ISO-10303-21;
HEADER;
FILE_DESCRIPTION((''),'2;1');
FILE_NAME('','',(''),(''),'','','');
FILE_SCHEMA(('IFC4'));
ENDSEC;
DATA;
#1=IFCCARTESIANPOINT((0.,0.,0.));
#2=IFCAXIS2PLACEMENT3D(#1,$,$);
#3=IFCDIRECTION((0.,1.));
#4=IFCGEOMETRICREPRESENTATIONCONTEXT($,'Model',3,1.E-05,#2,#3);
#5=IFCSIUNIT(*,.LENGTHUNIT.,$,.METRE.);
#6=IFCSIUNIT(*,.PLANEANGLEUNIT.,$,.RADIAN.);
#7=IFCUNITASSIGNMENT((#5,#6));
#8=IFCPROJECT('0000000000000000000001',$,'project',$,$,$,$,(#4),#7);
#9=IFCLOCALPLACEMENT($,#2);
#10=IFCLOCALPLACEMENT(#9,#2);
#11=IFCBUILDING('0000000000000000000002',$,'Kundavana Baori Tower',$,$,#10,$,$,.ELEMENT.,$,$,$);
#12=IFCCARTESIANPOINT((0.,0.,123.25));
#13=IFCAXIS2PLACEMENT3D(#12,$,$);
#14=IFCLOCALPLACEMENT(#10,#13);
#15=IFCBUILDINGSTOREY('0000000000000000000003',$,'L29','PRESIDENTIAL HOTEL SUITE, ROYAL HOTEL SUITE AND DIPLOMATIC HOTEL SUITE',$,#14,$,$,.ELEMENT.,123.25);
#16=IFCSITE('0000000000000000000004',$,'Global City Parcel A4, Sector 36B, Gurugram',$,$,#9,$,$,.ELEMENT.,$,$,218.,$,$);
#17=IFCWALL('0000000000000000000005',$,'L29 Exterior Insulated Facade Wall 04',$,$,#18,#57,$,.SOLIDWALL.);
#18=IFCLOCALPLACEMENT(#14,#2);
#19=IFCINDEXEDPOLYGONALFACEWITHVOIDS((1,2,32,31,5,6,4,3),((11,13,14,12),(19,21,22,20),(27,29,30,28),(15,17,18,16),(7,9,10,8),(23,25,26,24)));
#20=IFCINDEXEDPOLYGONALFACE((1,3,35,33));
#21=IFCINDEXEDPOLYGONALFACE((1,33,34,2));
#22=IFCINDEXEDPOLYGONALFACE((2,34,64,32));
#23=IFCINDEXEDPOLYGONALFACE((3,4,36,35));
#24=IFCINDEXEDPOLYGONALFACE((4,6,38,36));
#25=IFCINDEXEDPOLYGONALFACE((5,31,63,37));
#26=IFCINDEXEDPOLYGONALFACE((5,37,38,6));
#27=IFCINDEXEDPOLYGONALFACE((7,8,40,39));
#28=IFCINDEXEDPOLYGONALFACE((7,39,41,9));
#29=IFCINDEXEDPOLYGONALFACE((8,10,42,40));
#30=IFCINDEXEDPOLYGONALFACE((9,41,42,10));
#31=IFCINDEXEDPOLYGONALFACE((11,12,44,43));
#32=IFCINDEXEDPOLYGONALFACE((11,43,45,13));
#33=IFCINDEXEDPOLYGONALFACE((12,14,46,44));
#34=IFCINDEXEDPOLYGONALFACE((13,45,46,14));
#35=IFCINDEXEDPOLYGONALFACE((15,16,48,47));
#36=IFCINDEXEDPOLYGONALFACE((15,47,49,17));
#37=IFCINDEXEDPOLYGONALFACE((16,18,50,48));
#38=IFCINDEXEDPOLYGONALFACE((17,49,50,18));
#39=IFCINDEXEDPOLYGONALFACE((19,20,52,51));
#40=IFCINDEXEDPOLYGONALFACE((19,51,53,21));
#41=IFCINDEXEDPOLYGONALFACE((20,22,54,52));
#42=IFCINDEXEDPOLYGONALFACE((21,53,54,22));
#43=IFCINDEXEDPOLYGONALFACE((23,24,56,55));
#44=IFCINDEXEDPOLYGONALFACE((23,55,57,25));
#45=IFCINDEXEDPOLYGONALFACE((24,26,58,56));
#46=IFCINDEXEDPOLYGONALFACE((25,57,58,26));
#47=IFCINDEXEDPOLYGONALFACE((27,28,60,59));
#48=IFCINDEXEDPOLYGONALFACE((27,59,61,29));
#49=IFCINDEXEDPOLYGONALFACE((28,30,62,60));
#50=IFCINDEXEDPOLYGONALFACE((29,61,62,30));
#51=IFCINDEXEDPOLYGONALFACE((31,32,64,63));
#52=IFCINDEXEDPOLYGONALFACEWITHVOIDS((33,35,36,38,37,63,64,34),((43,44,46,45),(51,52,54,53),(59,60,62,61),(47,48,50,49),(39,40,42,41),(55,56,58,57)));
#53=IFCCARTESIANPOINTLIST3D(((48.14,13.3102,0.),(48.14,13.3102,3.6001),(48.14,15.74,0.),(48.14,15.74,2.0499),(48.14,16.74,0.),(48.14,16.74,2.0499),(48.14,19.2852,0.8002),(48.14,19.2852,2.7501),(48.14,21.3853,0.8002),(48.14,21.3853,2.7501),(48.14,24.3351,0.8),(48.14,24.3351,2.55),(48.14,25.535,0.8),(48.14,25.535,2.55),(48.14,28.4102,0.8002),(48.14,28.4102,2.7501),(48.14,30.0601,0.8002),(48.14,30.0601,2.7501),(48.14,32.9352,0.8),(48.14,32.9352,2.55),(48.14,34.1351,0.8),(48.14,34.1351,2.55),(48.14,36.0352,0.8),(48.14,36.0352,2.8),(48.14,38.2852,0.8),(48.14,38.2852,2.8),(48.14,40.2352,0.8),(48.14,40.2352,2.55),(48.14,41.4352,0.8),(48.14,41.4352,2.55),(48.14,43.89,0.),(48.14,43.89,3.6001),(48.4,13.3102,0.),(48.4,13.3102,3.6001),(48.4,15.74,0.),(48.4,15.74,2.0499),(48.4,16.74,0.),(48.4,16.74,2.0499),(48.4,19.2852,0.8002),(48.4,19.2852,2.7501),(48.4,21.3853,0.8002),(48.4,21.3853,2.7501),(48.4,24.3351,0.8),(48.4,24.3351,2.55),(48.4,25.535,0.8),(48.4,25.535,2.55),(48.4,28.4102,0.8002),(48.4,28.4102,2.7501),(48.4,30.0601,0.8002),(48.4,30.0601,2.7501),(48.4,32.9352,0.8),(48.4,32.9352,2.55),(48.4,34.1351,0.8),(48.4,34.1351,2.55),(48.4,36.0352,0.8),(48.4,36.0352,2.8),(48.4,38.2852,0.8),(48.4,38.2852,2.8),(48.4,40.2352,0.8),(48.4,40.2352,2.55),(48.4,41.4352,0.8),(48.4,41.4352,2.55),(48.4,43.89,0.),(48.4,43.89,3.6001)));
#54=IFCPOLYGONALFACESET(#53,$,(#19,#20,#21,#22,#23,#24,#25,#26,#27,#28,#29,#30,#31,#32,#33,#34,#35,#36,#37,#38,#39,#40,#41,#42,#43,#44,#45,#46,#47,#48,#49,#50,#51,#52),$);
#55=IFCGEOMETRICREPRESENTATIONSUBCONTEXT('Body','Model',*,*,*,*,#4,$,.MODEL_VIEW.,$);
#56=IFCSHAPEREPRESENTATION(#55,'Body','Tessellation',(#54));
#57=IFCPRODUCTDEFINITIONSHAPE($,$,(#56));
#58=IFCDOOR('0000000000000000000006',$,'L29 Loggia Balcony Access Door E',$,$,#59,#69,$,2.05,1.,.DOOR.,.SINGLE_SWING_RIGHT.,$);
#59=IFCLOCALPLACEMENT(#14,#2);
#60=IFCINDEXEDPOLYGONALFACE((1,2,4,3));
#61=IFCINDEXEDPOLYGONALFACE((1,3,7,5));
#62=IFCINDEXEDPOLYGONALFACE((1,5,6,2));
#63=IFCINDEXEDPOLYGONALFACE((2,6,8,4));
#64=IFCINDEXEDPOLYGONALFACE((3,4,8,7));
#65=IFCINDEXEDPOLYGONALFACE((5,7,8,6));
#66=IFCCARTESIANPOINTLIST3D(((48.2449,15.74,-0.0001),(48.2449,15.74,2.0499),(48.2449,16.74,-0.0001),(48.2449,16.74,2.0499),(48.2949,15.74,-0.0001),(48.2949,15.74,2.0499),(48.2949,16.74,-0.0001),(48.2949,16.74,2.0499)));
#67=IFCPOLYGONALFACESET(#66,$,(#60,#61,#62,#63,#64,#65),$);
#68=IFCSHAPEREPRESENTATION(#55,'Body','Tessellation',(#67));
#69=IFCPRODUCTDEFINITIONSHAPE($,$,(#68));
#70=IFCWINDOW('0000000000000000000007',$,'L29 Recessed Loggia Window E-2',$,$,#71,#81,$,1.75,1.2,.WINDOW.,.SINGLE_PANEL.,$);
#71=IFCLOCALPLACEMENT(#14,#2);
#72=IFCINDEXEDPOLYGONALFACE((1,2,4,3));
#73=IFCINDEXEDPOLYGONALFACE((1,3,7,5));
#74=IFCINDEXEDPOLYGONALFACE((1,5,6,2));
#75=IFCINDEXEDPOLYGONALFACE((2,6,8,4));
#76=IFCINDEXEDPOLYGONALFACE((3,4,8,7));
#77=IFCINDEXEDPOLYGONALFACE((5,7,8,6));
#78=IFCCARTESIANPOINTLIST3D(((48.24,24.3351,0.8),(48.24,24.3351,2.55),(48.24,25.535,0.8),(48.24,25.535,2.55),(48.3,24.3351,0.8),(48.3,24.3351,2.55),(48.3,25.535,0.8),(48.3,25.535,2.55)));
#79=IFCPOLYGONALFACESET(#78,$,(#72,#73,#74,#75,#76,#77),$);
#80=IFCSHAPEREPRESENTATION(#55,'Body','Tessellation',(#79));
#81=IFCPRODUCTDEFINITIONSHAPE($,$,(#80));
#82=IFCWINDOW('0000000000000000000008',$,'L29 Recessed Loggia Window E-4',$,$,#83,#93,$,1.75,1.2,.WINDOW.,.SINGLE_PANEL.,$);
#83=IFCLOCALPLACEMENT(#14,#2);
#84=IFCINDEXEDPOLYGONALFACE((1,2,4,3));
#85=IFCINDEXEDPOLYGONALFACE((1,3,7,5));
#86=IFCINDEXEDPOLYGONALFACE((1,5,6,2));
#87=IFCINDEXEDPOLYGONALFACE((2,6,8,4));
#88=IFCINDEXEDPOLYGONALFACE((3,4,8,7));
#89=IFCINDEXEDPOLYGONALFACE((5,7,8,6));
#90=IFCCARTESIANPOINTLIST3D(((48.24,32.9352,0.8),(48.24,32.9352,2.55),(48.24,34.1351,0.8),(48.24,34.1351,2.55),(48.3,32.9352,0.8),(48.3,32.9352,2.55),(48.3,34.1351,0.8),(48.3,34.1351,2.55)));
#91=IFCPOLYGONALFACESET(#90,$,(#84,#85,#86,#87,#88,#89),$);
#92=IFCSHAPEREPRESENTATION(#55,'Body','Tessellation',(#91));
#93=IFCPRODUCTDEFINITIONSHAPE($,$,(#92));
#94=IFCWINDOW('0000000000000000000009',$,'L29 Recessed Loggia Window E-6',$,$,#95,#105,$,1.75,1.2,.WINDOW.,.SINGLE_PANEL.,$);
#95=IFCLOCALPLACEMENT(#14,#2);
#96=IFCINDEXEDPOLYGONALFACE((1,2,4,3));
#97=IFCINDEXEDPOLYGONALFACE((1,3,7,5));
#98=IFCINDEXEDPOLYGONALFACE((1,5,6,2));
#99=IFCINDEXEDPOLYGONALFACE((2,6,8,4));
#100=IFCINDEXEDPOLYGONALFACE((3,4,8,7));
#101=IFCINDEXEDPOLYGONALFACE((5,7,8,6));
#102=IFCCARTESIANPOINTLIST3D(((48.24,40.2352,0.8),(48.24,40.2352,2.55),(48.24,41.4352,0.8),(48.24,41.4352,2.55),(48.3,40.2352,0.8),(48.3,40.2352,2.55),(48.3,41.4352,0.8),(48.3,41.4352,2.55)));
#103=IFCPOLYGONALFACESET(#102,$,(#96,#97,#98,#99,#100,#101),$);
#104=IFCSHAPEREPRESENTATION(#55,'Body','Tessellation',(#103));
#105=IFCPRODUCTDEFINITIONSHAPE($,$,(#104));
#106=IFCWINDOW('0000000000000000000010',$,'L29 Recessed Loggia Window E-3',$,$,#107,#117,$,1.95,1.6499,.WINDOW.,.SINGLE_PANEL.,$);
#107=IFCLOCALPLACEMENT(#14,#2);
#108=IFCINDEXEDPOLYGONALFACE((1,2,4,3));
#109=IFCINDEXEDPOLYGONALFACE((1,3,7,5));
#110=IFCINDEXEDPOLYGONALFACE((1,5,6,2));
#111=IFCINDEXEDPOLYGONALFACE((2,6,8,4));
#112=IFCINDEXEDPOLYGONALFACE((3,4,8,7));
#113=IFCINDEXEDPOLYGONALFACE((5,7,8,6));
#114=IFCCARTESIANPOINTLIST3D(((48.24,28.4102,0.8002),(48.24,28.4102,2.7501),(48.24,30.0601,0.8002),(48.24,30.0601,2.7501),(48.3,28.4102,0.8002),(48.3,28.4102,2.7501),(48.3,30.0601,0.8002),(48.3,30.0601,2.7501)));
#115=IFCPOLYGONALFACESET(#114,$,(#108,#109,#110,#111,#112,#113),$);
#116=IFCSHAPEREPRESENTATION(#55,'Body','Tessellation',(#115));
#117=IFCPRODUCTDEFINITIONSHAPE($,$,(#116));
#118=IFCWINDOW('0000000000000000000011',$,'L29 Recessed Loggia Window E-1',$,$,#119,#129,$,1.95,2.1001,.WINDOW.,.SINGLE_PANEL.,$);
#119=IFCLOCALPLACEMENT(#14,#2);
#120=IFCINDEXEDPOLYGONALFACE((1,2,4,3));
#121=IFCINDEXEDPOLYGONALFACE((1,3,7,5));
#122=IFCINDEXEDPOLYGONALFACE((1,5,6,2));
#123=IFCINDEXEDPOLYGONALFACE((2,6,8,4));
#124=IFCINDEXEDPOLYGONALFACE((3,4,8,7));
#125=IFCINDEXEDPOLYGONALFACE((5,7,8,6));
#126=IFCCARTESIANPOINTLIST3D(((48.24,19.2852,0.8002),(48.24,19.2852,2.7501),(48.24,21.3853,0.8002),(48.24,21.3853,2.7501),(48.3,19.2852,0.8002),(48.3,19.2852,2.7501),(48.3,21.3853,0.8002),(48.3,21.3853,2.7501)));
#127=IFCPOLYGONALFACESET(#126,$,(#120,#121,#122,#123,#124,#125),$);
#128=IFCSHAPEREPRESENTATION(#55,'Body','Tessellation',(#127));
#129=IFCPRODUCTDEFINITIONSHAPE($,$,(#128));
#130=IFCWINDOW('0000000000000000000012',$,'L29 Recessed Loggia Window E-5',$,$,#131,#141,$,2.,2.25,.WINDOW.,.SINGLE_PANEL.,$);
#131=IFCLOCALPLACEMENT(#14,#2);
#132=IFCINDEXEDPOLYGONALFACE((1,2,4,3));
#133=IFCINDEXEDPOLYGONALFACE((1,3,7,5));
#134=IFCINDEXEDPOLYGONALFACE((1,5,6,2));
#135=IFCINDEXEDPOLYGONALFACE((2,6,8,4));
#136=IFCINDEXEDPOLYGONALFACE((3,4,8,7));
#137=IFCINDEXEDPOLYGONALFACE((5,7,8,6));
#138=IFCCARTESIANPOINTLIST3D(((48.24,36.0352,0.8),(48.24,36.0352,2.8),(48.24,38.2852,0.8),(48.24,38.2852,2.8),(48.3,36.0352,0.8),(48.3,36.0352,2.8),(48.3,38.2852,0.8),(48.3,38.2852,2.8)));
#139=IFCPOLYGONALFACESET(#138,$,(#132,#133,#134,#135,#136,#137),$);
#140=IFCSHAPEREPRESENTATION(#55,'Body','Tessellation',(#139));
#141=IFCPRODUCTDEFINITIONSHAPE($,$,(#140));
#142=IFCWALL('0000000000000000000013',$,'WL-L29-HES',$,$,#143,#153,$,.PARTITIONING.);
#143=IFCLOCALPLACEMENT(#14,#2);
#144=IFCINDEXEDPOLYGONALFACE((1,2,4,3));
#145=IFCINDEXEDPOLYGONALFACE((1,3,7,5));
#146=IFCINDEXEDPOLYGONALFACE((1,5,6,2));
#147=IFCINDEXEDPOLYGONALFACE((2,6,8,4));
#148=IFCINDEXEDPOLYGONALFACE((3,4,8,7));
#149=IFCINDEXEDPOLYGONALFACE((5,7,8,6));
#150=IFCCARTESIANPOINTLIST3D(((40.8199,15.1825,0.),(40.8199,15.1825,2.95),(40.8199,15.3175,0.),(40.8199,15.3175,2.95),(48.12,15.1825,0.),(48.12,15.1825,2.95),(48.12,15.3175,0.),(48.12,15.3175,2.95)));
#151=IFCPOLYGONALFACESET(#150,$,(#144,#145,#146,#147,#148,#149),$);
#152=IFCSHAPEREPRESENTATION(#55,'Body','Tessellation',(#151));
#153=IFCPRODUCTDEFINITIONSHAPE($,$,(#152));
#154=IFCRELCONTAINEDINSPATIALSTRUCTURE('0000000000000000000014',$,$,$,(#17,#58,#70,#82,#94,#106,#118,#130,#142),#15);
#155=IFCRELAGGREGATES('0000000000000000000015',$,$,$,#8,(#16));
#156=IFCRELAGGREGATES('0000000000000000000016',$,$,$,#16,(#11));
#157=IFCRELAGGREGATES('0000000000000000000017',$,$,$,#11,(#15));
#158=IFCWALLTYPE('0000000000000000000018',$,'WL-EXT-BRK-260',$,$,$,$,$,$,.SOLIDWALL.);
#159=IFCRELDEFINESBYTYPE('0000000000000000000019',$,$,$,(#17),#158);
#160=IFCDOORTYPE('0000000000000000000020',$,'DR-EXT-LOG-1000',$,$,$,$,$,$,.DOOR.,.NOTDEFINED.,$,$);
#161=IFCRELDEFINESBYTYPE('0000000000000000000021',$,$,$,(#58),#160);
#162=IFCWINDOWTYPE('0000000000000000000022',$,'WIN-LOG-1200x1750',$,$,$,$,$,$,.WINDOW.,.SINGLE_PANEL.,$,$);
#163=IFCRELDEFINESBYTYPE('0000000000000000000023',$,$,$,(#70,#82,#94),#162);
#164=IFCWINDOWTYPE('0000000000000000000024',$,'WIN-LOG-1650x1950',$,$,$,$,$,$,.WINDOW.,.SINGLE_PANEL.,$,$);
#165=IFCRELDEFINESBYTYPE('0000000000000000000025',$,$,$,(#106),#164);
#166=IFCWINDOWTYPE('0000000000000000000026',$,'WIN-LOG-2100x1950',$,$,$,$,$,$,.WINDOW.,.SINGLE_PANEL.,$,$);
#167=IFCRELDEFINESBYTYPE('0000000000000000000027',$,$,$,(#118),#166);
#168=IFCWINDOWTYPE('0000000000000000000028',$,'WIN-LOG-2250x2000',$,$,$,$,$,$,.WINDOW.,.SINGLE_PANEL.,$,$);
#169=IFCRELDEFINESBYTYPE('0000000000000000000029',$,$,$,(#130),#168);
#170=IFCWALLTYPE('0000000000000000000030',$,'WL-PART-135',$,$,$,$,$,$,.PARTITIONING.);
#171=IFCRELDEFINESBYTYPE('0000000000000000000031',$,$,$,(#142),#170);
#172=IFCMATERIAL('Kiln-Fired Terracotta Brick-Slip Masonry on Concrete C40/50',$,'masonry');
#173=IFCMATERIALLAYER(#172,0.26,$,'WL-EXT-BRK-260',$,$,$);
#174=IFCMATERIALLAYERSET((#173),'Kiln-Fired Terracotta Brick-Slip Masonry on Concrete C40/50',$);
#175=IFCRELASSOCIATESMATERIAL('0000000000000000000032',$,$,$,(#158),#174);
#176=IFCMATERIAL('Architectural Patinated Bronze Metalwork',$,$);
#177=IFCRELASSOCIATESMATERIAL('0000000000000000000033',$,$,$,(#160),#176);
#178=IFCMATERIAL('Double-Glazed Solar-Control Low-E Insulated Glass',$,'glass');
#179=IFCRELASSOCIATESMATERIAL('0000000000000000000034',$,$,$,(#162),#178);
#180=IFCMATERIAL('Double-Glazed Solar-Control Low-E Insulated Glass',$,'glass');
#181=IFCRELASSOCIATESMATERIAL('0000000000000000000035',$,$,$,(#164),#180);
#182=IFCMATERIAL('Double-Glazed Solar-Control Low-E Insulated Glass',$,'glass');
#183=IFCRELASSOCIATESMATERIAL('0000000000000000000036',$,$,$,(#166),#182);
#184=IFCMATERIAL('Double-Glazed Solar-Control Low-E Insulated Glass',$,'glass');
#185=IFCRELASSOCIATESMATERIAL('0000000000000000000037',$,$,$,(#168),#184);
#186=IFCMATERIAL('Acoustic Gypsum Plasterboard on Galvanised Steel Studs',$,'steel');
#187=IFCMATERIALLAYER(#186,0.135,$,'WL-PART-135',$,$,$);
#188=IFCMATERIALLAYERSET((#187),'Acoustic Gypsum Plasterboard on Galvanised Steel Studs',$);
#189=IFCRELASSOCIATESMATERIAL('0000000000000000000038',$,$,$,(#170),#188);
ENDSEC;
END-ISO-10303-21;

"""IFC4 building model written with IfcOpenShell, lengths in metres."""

from ifc_helpers import new_model, si_unit, direction, frame, frame_2d, origin, place, context, subcontext, project, spatial, rectangle, extrude, material, layer, layer_set, type_object, element, fill, save


model = new_model("IFC4")

# Units and contexts
model_context = context("Model", 3, precision=1e-05, world=origin(), true_north=direction((0.0, 1.0)))
body_context = subcontext(model_context, "Body", "Model", "MODEL_VIEW")
ifc_project = project(units=[si_unit("LENGTHUNIT", "METRE"), si_unit("PLANEANGLEUNIT", "RADIAN")], contexts=[model_context])

# Site, building, storey
site_placement = place(None, origin())
site = spatial("IfcSite", under=ifc_project, at=site_placement, Name="Global City Parcel A4, Sector 36B, Gurugram", CompositionType="ELEMENT", RefElevation=218.0)
building_placement = place(site_placement, origin())
building = spatial("IfcBuilding", under=site, at=building_placement, Name="Kundavana Baori Tower", CompositionType="ELEMENT")
storey_placement = place(building_placement, frame((0.0, 0.0, 123.25)))
storey = spatial("IfcBuildingStorey", under=building, at=storey_placement, Name="L29", Description="PRESIDENTIAL HOTEL SUITE, ROYAL HOTEL SUITE AND DIPLOMATIC HOTEL SUITE", CompositionType="ELEMENT", Elevation=123.25)

# Shared definitions
ifc_material_1 = material(Name="Kiln-Fired Terracotta Brick-Slip Masonry on Concrete C40/50", Category="masonry")
ifc_layer_1 = layer(ifc_material_1, 0.26, Name="WL-EXT-BRK-260")
ifc_layer_set_1 = layer_set([ifc_layer_1], Name="Kiln-Fired Terracotta Brick-Slip Masonry on Concrete C40/50")
wall_type_1 = type_object("IfcWallType", Name="WL-EXT-BRK-260", PredefinedType="SOLIDWALL", material=ifc_layer_set_1)

# Wall, openings, door, windows
wall_1_placement = place(storey_placement, frame((48.27, 13.3101, 0.0), z_axis=(0.0, 0.0, 1.0), x_axis=(0.0, 1.0, 0.0)))
wall_1 = element("IfcWall", 1, at=wall_1_placement, inside=storey, type_object=wall_type_1, Name="L29 Exterior Insulated Facade Wall 04", PredefinedType="SOLIDWALL", context=body_context, shape_type="SweptSolid", body=[
    extrude(rectangle(XDim=30.5798, YDim=0.26, at=frame_2d((15.29, 0.0))), origin(), (0.0, 0.0, 1.0), 3.6001),
])
opening_1_placement = place(wall_1_placement, frame((2.4299, 0.0, 0.0)))
opening_1 = element("IfcOpeningElement", 2, at=opening_1_placement, cuts=wall_1, PredefinedType="OPENING", context=body_context, shape_type="SweptSolid", body=[
    extrude(rectangle(XDim=1.0, YDim=2.05, at=frame_2d((0.5, 1.0249))), frame((0.0, 0.1401, 0.0), z_axis=(0.0, -1.0, 0.0), x_axis=(1.0, 0.0, 0.0)), (0.0, 0.0, 1.0), 0.28),
])
opening_2_placement = place(wall_1_placement, frame((5.9751, 0.0, 0.8)))
opening_2 = element("IfcOpeningElement", 3, at=opening_2_placement, cuts=wall_1, PredefinedType="OPENING", context=body_context, shape_type="SweptSolid", body=[
    extrude(rectangle(XDim=2.1001, YDim=1.95, at=frame_2d((1.05, 0.9751))), frame((0.0, 0.1401, 0.0), z_axis=(0.0, -1.0, 0.0), x_axis=(1.0, 0.0, 0.0)), (0.0, 0.0, 1.0), 0.28),
])
opening_3_placement = place(wall_1_placement, frame((11.0249, 0.0, 0.8)))
opening_3 = element("IfcOpeningElement", 4, at=opening_3_placement, cuts=wall_1, PredefinedType="OPENING", context=body_context, shape_type="SweptSolid", body=[
    extrude(rectangle(XDim=1.2, YDim=1.75, at=frame_2d((0.6001, 0.875))), frame((0.0, 0.1401, 0.0), z_axis=(0.0, -1.0, 0.0), x_axis=(1.0, 0.0, 0.0)), (0.0, 0.0, 1.0), 0.28),
])
opening_4_placement = place(wall_1_placement, frame((15.1001, 0.0, 0.8)))
opening_4 = element("IfcOpeningElement", 5, at=opening_4_placement, cuts=wall_1, PredefinedType="OPENING", context=body_context, shape_type="SweptSolid", body=[
    extrude(rectangle(XDim=1.6499, YDim=1.95, at=frame_2d((0.825, 0.9751))), frame((0.0, 0.1401, 0.0), z_axis=(0.0, -1.0, 0.0), x_axis=(1.0, 0.0, 0.0)), (0.0, 0.0, 1.0), 0.28),
])
opening_5_placement = place(wall_1_placement, frame((19.625, 0.0, 0.8)))
opening_5 = element("IfcOpeningElement", 6, at=opening_5_placement, cuts=wall_1, PredefinedType="OPENING", context=body_context, shape_type="SweptSolid", body=[
    extrude(rectangle(XDim=1.2, YDim=1.75, at=frame_2d((0.6001, 0.875))), frame((0.0, 0.1401, 0.0), z_axis=(0.0, -1.0, 0.0), x_axis=(1.0, 0.0, 0.0)), (0.0, 0.0, 1.0), 0.28),
])
opening_6_placement = place(wall_1_placement, frame((22.7251, 0.0, 0.8)))
opening_6 = element("IfcOpeningElement", 7, at=opening_6_placement, cuts=wall_1, PredefinedType="OPENING", context=body_context, shape_type="SweptSolid", body=[
    extrude(rectangle(XDim=2.25, YDim=2.0, at=frame_2d((1.125, 1.0))), frame((0.0, 0.1401, 0.0), z_axis=(0.0, -1.0, 0.0), x_axis=(1.0, 0.0, 0.0)), (0.0, 0.0, 1.0), 0.28),
])
opening_7_placement = place(wall_1_placement, frame((26.925, 0.0, 0.8)))
opening_7 = element("IfcOpeningElement", 8, at=opening_7_placement, cuts=wall_1, PredefinedType="OPENING", context=body_context, shape_type="SweptSolid", body=[
    extrude(rectangle(XDim=1.2, YDim=1.75, at=frame_2d((0.6001, 0.875))), frame((0.0, 0.1401, 0.0), z_axis=(0.0, -1.0, 0.0), x_axis=(1.0, 0.0, 0.0)), (0.0, 0.0, 1.0), 0.28),
])
ifc_material_2 = material(Name="Architectural Patinated Bronze Metalwork")
door_type_1 = type_object("IfcDoorType", Name="DR-EXT-LOG-1000", OperationType="NOTDEFINED", PredefinedType="DOOR", material=ifc_material_2)
door_1_placement = place(opening_1_placement, frame((1.0, 0.0, 0.0), z_axis=(0.0, 0.0, 1.0), x_axis=(-1.0, 0.0, 0.0)))
door_1 = element("IfcDoor", 9, at=door_1_placement, inside=storey, type_object=door_type_1, Name="L29 Loggia Balcony Access Door E", OperationType="SINGLE_SWING_RIGHT", OverallHeight=2.05, OverallWidth=1.0, PredefinedType="DOOR", context=body_context, shape_type="SweptSolid", body=[
    extrude(rectangle(XDim=1.0, YDim=2.05, at=frame_2d((0.5, 1.0249))), frame((0.0, 0.0249, 0.0), z_axis=(0.0, -1.0, 0.0), x_axis=(1.0, 0.0, 0.0)), (0.0, 0.0, 1.0), 0.05),
])
fill(opening_1, door_1)
ifc_material_3 = material(Name="Double-Glazed Solar-Control Low-E Insulated Glass", Category="glass")
window_type_1 = type_object("IfcWindowType", Name="WIN-LOG-1200x1750", PartitioningType="SINGLE_PANEL", PredefinedType="WINDOW", material=ifc_material_3)
window_1_placement = place(opening_3_placement, origin())
window_1 = element("IfcWindow", 10, at=window_1_placement, inside=storey, type_object=window_type_1, Name="L29 Recessed Loggia Window E-2", OverallHeight=1.75, OverallWidth=1.2, PartitioningType="SINGLE_PANEL", PredefinedType="WINDOW", context=body_context, shape_type="SweptSolid", body=[
    extrude(rectangle(XDim=1.2, YDim=1.75, at=frame_2d((0.6001, 0.875))), frame((0.0, 0.03, 0.0), z_axis=(0.0, -1.0, 0.0), x_axis=(1.0, 0.0, 0.0)), (0.0, 0.0, 1.0), 0.0601),
])
fill(opening_3, window_1)
window_2_placement = place(opening_5_placement, origin())
window_2 = element("IfcWindow", 11, at=window_2_placement, inside=storey, type_object=window_type_1, Name="L29 Recessed Loggia Window E-4", OverallHeight=1.75, OverallWidth=1.2, PartitioningType="SINGLE_PANEL", PredefinedType="WINDOW", context=body_context, shape_type="SweptSolid", body=[
    extrude(rectangle(XDim=1.2, YDim=1.75, at=frame_2d((0.6001, 0.875))), frame((0.0, 0.03, 0.0), z_axis=(0.0, -1.0, 0.0), x_axis=(1.0, 0.0, 0.0)), (0.0, 0.0, 1.0), 0.0601),
])
fill(opening_5, window_2)
window_3_placement = place(opening_7_placement, origin())
window_3 = element("IfcWindow", 12, at=window_3_placement, inside=storey, type_object=window_type_1, Name="L29 Recessed Loggia Window E-6", OverallHeight=1.75, OverallWidth=1.2, PartitioningType="SINGLE_PANEL", PredefinedType="WINDOW", context=body_context, shape_type="SweptSolid", body=[
    extrude(rectangle(XDim=1.2, YDim=1.75, at=frame_2d((0.6001, 0.875))), frame((0.0, 0.03, 0.0), z_axis=(0.0, -1.0, 0.0), x_axis=(1.0, 0.0, 0.0)), (0.0, 0.0, 1.0), 0.0601),
])
fill(opening_7, window_3)
ifc_material_4 = material(Name="Double-Glazed Solar-Control Low-E Insulated Glass", Category="glass")
window_type_2 = type_object("IfcWindowType", Name="WIN-LOG-1650x1950", PartitioningType="SINGLE_PANEL", PredefinedType="WINDOW", material=ifc_material_4)
window_4_placement = place(opening_4_placement, origin())
window_4 = element("IfcWindow", 13, at=window_4_placement, inside=storey, type_object=window_type_2, Name="L29 Recessed Loggia Window E-3", OverallHeight=1.95, OverallWidth=1.6499, PartitioningType="SINGLE_PANEL", PredefinedType="WINDOW", context=body_context, shape_type="SweptSolid", body=[
    extrude(rectangle(XDim=1.6499, YDim=1.95, at=frame_2d((0.825, 0.9751))), frame((0.0, 0.03, 0.0), z_axis=(0.0, -1.0, 0.0), x_axis=(1.0, 0.0, 0.0)), (0.0, 0.0, 1.0), 0.0601),
])
fill(opening_4, window_4)
ifc_material_5 = material(Name="Double-Glazed Solar-Control Low-E Insulated Glass", Category="glass")
window_type_3 = type_object("IfcWindowType", Name="WIN-LOG-2100x1950", PartitioningType="SINGLE_PANEL", PredefinedType="WINDOW", material=ifc_material_5)
window_5_placement = place(opening_2_placement, origin())
window_5 = element("IfcWindow", 14, at=window_5_placement, inside=storey, type_object=window_type_3, Name="L29 Recessed Loggia Window E-1", OverallHeight=1.95, OverallWidth=2.1001, PartitioningType="SINGLE_PANEL", PredefinedType="WINDOW", context=body_context, shape_type="SweptSolid", body=[
    extrude(rectangle(XDim=2.1001, YDim=1.95, at=frame_2d((1.05, 0.9751))), frame((0.0, 0.03, 0.0), z_axis=(0.0, -1.0, 0.0), x_axis=(1.0, 0.0, 0.0)), (0.0, 0.0, 1.0), 0.0601),
])
fill(opening_2, window_5)
ifc_material_6 = material(Name="Double-Glazed Solar-Control Low-E Insulated Glass", Category="glass")
window_type_4 = type_object("IfcWindowType", Name="WIN-LOG-2250x2000", PartitioningType="SINGLE_PANEL", PredefinedType="WINDOW", material=ifc_material_6)
window_6_placement = place(opening_6_placement, origin())
window_6 = element("IfcWindow", 15, at=window_6_placement, inside=storey, type_object=window_type_4, Name="L29 Recessed Loggia Window E-5", OverallHeight=2.0, OverallWidth=2.25, PartitioningType="SINGLE_PANEL", PredefinedType="WINDOW", context=body_context, shape_type="SweptSolid", body=[
    extrude(rectangle(XDim=2.25, YDim=2.0, at=frame_2d((1.125, 1.0))), frame((0.0, 0.03, 0.0), z_axis=(0.0, -1.0, 0.0), x_axis=(1.0, 0.0, 0.0)), (0.0, 0.0, 1.0), 0.0601),
])
fill(opening_6, window_6)

# Wall
ifc_material_7 = material(Name="Acoustic Gypsum Plasterboard on Galvanised Steel Studs", Category="steel")
ifc_layer_2 = layer(ifc_material_7, 0.135, Name="WL-PART-135")
ifc_layer_set_2 = layer_set([ifc_layer_2], Name="Acoustic Gypsum Plasterboard on Galvanised Steel Studs")
wall_type_2 = type_object("IfcWallType", Name="WL-PART-135", PredefinedType="PARTITIONING", material=ifc_layer_set_2)
wall_2_placement = place(storey_placement, frame((40.8201, 15.25, 0.0), z_axis=(0.0, 0.0, 1.0), x_axis=(1.0, 0.0, 0.0)))
element("IfcWall", 16, at=wall_2_placement, inside=storey, type_object=wall_type_2, Name="WL-L29-HES", PredefinedType="PARTITIONING", context=body_context, shape_type="SweptSolid", body=[
    extrude(rectangle(XDim=7.3, YDim=0.135, at=frame_2d((3.6499, 0.0))), origin(), (0.0, 0.0, 1.0), 2.95),
])

save(model, "model.ifc")
